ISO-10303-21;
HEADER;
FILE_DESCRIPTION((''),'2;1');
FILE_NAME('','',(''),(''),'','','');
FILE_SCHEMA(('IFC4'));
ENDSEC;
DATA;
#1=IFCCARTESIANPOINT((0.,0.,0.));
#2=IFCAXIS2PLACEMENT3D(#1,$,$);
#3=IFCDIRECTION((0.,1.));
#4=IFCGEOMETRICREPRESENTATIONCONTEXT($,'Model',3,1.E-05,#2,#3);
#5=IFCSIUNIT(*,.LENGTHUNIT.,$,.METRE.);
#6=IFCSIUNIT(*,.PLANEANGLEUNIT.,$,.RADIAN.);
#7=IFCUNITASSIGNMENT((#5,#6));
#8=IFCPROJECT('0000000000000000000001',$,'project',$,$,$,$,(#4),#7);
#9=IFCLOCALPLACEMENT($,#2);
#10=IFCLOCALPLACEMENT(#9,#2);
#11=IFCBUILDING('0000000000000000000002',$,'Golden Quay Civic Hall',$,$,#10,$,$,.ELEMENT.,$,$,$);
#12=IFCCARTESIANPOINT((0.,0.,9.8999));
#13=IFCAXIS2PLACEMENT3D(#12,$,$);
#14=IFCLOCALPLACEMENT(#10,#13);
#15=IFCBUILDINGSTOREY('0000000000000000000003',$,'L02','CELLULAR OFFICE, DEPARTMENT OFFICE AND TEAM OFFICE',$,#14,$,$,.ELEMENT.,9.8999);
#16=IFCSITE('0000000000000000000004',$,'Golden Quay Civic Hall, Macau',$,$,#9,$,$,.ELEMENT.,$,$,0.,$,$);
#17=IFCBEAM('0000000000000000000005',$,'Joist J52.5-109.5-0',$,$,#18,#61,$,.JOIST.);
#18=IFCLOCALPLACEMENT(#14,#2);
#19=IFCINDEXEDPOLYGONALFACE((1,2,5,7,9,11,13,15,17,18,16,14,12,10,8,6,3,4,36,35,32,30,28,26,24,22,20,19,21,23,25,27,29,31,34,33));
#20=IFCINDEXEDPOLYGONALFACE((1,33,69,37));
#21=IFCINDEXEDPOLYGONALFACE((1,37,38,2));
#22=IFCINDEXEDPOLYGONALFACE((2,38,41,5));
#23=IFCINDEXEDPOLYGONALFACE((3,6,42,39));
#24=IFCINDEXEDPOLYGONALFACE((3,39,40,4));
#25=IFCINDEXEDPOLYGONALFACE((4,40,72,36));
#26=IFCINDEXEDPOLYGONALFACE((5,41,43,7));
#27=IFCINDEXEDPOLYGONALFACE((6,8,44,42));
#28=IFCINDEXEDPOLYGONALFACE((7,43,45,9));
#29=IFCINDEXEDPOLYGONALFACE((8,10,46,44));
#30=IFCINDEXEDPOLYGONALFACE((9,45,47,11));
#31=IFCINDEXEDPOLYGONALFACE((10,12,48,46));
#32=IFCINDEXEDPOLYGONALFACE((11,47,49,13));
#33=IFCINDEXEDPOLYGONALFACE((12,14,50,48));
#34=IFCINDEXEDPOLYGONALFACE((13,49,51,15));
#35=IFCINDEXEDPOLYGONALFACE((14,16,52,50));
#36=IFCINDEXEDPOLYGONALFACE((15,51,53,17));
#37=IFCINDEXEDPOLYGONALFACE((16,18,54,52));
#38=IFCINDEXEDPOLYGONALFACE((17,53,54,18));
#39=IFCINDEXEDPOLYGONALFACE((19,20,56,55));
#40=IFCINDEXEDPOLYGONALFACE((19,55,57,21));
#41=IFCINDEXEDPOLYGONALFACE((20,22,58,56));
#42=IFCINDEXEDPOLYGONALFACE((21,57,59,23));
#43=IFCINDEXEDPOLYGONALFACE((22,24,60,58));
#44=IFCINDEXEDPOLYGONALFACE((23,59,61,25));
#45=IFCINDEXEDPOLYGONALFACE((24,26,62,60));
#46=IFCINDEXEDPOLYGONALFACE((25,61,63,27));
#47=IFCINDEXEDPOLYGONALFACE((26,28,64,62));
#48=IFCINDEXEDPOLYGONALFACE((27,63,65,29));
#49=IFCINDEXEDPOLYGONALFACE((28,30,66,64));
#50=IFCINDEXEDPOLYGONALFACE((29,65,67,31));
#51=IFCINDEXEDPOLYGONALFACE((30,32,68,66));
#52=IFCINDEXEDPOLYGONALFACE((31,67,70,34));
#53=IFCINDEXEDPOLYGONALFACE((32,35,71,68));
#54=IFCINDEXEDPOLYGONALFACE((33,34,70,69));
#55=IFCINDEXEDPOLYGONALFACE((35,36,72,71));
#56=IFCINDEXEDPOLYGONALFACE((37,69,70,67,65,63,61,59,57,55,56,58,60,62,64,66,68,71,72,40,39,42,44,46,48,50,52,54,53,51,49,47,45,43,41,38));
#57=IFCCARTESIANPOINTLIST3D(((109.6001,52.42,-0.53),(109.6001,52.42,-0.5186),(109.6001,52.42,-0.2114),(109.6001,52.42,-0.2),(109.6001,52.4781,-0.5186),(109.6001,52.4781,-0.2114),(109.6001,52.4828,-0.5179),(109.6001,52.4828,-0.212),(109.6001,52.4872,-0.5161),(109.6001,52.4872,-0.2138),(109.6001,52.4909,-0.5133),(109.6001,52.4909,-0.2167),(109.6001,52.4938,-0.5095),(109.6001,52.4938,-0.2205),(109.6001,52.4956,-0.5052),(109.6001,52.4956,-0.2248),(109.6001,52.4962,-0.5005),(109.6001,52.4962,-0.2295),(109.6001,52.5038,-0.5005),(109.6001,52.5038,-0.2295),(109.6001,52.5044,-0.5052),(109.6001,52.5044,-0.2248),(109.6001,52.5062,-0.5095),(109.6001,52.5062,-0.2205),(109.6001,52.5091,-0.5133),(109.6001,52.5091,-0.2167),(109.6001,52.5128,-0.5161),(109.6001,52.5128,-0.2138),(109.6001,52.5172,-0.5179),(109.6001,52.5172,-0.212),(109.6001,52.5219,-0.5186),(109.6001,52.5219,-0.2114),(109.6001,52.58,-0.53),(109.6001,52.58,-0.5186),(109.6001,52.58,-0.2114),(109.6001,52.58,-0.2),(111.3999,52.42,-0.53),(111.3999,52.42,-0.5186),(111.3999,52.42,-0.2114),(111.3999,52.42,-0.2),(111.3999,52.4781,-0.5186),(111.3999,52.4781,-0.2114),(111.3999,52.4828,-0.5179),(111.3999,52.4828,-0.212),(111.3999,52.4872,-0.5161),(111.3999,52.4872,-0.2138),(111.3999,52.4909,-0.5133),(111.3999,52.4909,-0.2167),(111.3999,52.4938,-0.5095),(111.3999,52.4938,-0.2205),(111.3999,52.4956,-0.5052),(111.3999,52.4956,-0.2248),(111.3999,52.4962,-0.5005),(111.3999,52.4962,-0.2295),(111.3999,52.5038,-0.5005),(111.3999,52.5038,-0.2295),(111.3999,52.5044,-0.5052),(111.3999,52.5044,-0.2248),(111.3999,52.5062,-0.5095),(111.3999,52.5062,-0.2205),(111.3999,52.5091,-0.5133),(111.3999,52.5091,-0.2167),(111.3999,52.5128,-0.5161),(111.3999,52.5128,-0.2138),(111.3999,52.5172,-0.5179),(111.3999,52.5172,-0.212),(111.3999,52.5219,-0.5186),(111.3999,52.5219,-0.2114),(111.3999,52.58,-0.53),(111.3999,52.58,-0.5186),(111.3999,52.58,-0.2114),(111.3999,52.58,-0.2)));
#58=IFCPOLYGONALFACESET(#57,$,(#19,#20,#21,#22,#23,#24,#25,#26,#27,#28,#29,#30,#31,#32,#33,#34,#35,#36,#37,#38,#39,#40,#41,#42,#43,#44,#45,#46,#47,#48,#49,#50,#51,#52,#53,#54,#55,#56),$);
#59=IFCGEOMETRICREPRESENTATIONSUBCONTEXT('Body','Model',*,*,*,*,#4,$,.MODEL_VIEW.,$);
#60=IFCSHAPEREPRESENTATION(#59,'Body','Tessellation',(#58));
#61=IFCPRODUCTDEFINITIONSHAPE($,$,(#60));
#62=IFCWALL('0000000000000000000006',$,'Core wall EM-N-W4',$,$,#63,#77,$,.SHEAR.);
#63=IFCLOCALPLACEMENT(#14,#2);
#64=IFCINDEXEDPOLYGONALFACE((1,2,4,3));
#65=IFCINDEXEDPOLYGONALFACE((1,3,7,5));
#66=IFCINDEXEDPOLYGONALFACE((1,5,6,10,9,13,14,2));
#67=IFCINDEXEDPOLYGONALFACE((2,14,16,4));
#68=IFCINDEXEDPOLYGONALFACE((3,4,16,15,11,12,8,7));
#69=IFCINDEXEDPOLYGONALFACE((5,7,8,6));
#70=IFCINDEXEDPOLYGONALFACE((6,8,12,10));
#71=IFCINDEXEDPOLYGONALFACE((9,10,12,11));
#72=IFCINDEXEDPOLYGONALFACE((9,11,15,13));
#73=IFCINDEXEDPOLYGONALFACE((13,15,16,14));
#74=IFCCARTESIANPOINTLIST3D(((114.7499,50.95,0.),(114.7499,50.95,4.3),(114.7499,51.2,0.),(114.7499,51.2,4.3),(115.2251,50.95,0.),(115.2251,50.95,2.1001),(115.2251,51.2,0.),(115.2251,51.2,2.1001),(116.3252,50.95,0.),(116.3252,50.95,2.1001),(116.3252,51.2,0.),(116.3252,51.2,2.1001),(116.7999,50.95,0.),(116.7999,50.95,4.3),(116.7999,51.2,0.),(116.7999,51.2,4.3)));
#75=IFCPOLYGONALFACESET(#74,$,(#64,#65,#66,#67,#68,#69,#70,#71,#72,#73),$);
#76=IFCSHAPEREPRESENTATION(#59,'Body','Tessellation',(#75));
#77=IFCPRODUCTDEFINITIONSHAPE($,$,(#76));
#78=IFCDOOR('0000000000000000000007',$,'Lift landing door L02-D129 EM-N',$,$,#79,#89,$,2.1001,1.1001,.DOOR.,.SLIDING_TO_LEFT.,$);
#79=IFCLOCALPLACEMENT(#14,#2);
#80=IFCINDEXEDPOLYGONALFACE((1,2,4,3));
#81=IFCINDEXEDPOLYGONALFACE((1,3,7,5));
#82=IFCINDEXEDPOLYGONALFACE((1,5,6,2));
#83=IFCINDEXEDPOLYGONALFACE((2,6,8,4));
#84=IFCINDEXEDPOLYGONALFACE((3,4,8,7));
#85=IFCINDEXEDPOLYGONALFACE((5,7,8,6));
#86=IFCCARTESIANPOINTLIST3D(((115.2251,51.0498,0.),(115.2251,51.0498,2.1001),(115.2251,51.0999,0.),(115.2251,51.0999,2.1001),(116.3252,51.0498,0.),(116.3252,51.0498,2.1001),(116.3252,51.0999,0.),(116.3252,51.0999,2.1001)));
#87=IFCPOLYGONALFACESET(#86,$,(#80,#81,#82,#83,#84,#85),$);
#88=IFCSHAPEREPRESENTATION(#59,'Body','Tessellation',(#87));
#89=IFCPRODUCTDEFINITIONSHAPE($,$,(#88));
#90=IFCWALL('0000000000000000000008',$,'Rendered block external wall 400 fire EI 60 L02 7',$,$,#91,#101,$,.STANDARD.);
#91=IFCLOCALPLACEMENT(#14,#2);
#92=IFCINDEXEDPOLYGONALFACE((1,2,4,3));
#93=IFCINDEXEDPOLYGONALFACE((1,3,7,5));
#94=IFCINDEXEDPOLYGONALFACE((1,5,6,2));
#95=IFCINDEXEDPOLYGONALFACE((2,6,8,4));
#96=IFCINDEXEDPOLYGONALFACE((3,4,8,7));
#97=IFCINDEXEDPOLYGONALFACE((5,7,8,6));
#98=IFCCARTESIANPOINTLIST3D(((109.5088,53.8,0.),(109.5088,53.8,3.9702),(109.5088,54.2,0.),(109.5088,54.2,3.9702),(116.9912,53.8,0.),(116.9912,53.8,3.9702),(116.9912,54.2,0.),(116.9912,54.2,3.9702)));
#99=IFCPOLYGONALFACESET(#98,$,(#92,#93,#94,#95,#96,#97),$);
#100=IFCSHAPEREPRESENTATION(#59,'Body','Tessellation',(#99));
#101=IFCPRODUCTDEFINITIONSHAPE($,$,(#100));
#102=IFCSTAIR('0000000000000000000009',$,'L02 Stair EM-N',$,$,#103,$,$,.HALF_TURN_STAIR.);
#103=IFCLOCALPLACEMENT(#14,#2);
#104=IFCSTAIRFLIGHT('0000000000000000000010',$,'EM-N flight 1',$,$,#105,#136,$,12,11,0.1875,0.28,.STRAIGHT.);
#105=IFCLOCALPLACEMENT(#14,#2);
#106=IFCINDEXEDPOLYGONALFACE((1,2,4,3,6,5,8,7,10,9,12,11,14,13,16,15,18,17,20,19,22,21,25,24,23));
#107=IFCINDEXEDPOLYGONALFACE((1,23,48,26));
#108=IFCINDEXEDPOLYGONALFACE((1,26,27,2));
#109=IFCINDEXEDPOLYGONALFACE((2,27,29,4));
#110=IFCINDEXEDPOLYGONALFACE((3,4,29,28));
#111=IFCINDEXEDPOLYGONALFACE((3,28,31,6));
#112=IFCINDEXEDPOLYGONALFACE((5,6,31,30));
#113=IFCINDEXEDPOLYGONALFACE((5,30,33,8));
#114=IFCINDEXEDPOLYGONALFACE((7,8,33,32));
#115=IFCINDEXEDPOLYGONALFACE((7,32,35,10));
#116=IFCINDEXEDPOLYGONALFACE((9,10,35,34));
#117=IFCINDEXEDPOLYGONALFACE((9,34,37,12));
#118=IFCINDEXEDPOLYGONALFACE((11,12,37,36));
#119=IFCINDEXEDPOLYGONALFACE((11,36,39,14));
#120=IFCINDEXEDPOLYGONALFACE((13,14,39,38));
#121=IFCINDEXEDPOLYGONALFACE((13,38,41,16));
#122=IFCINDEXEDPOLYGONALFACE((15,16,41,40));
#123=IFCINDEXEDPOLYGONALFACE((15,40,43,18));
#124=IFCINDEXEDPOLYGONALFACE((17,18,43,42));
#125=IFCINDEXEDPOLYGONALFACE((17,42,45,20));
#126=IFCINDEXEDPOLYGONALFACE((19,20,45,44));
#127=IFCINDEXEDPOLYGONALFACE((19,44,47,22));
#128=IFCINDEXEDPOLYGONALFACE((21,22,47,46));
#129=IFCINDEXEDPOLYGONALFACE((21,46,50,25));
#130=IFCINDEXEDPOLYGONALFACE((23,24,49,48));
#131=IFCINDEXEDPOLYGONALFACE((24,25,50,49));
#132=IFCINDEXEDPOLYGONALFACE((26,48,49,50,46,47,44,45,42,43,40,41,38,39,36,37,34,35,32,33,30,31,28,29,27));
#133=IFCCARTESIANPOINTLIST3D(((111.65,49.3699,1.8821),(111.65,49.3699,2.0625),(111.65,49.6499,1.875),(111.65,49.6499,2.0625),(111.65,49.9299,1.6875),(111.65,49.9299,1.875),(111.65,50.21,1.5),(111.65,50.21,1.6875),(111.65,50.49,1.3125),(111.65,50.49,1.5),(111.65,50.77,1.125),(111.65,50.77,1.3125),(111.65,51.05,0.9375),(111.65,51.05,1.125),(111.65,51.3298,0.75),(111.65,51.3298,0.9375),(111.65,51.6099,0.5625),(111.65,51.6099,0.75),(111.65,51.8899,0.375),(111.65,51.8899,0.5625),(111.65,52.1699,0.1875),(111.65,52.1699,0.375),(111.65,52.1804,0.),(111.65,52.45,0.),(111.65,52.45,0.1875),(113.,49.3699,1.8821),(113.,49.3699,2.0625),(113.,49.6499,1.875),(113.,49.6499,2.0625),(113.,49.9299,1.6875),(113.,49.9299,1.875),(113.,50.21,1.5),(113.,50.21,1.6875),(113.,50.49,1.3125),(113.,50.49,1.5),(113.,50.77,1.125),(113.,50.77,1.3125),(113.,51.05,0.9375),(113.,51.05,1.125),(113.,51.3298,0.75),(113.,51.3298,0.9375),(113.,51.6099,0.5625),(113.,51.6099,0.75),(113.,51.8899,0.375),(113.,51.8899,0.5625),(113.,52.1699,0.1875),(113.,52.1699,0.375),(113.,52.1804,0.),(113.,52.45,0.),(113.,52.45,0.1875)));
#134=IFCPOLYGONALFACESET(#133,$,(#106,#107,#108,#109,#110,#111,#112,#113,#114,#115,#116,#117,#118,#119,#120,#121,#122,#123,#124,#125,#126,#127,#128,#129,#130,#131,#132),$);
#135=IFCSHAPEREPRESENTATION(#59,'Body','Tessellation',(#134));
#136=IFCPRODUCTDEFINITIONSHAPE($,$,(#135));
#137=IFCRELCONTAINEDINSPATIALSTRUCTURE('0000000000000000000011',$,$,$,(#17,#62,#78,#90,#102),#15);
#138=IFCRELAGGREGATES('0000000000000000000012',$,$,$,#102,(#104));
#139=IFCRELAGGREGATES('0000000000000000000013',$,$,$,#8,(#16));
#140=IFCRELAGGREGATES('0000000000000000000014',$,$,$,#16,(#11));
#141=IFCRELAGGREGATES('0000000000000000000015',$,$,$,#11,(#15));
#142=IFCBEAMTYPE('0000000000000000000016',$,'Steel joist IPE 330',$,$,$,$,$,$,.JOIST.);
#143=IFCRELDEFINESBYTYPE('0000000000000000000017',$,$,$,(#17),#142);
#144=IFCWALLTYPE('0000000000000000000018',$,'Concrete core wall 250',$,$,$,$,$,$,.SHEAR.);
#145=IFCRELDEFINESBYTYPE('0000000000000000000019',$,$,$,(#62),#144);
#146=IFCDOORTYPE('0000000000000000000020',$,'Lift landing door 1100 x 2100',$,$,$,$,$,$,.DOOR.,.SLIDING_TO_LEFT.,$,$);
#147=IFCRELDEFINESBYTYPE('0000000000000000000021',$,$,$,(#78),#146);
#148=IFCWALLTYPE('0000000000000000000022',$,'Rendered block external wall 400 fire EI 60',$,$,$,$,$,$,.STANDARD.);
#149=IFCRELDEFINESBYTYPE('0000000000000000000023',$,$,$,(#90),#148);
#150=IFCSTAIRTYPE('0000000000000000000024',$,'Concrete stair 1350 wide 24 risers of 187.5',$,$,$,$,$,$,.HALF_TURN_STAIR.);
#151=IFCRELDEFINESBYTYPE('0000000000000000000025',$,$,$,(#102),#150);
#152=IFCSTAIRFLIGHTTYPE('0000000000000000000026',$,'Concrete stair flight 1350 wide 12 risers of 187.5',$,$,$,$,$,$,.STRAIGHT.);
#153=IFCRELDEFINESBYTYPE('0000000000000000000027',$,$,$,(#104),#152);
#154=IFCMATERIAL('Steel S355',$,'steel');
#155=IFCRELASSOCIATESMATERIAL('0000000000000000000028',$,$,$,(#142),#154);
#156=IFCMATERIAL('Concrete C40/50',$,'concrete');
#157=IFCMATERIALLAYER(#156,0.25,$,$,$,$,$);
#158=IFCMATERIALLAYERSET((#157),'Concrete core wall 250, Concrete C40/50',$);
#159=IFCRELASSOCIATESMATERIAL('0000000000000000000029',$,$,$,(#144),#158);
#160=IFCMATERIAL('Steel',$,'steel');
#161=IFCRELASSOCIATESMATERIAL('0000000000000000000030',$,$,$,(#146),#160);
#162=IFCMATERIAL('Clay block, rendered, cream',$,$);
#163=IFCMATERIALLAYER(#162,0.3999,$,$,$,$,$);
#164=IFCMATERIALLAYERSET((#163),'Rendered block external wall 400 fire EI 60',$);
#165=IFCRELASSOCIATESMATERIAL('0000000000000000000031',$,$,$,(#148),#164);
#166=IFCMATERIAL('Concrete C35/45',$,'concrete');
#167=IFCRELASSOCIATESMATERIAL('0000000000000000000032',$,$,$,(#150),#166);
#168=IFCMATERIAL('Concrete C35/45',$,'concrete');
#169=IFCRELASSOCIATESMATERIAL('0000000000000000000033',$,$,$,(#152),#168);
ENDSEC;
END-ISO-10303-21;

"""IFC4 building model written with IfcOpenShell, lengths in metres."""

from ifc_helpers import new_model, si_unit, direction, frame, frame_2d, origin, origin_2d, place, context, subcontext, project, spatial, polyline, rectangle, i_section, outline, extrude, material, layer, layer_set, material_profile, profile_set, type_object, element, fill, aggregate, save


model = new_model("IFC4")

# Units and contexts
model_context = context("Model", 3, precision=1e-05, world=origin(), true_north=direction((0.0, 1.0)))
body_context = subcontext(model_context, "Body", "Model", "MODEL_VIEW")
ifc_project = project(units=[si_unit("LENGTHUNIT", "METRE"), si_unit("PLANEANGLEUNIT", "RADIAN")], contexts=[model_context])

# Site, building, storey
site_placement = place(None, origin())
site = spatial("IfcSite", under=ifc_project, at=site_placement, Name="Golden Quay Civic Hall, Macau", CompositionType="ELEMENT", RefElevation=0.0)
building_placement = place(site_placement, origin())
building = spatial("IfcBuilding", under=site, at=building_placement, Name="Golden Quay Civic Hall", CompositionType="ELEMENT")
storey_placement = place(building_placement, frame((0.0, 0.0, 9.8999)))
storey = spatial("IfcBuildingStorey", under=building, at=storey_placement, Name="L02", Description="CELLULAR OFFICE, DEPARTMENT OFFICE AND TEAM OFFICE", CompositionType="ELEMENT", Elevation=9.8999)

# Beam
ifc_material_1 = material(Name="Steel S355", Category="steel")
ifc_material_profile_1 = material_profile(ifc_material_1, i_section(OverallWidth=0.1599, OverallDepth=0.3301, WebThickness=0.0076, FlangeThickness=0.0115, FilletRadius=0.0181, at=origin_2d()), Name="IPE 330")
ifc_profile_set_1 = profile_set([ifc_material_profile_1], Name="Steel S355")
beam_type_1 = type_object("IfcBeamType", Name="Steel joist IPE 330", PredefinedType="JOIST", material=ifc_profile_set_1)
beam_1_placement = place(storey_placement, frame((109.6001, 52.5, -0.365), z_axis=(1.0, 0.0, 0.0), x_axis=(0.0, 1.0, 0.0)))
element("IfcBeam", 1, at=beam_1_placement, inside=storey, type_object=beam_type_1, Name="Joist J52.5-109.5-0", PredefinedType="JOIST", context=body_context, shape_type="SweptSolid", body=[
    extrude(i_section(OverallWidth=0.1599, OverallDepth=0.3301, WebThickness=0.0076, FlangeThickness=0.0115, FilletRadius=0.0181, at=origin_2d()), origin(), (0.0, 0.0, 1.0), 1.7998),
])

# Wall, opening, door
ifc_material_2 = material(Name="Concrete C40/50", Category="concrete")
ifc_layer_1 = layer(ifc_material_2, 0.25)
ifc_layer_set_1 = layer_set([ifc_layer_1], Name="Concrete core wall 250, Concrete C40/50")
wall_type_1 = type_object("IfcWallType", Name="Concrete core wall 250", PredefinedType="SHEAR", material=ifc_layer_set_1)
wall_1_placement = place(storey_placement, frame((114.75, 51.075, 0.0), z_axis=(0.0, 0.0, 1.0), x_axis=(1.0, 0.0, 0.0)))
wall_1 = element("IfcWall", 2, at=wall_1_placement, inside=storey, type_object=wall_type_1, Name="Core wall EM-N-W4", PredefinedType="SHEAR", context=body_context, shape_type="SweptSolid", body=[
    extrude(rectangle(XDim=2.05, YDim=0.25, at=frame_2d((1.0249, 0.0))), origin(), (0.0, 0.0, 1.0), 4.3),
])
opening_placement = place(wall_1_placement, frame((0.4751, 0.0, 0.0)))
opening = element("IfcOpeningElement", 3, at=opening_placement, cuts=wall_1, PredefinedType="OPENING", context=body_context, shape_type="SweptSolid", body=[
    extrude(rectangle(XDim=1.1001, YDim=2.1001, at=frame_2d((0.55, 1.05))), frame((0.0, 0.135, 0.0), z_axis=(0.0, -1.0, 0.0), x_axis=(1.0, 0.0, 0.0)), (0.0, 0.0, 1.0), 0.27),
])
ifc_material_3 = material(Name="Steel", Category="steel")
door_type = type_object("IfcDoorType", Name="Lift landing door 1100 x 2100", OperationType="SLIDING_TO_LEFT", PredefinedType="DOOR", material=ifc_material_3)
door_placement = place(opening_placement, origin())
door = element("IfcDoor", 4, at=door_placement, inside=storey, type_object=door_type, Name="Lift landing door L02-D129 EM-N", OperationType="SLIDING_TO_LEFT", OverallHeight=2.1001, OverallWidth=1.1001, PredefinedType="DOOR", context=body_context, shape_type="SweptSolid", body=[
    extrude(rectangle(XDim=1.1001, YDim=2.1001, at=frame_2d((0.55, 1.05))), frame((0.0, 0.0249, 0.0), z_axis=(0.0, -1.0, 0.0), x_axis=(1.0, 0.0, 0.0)), (0.0, 0.0, 1.0), 0.05),
])
fill(opening, door)

# Wall
ifc_material_4 = material(Name="Clay block, rendered, cream")
ifc_layer_2 = layer(ifc_material_4, 0.3999)
ifc_layer_set_2 = layer_set([ifc_layer_2], Name="Rendered block external wall 400 fire EI 60")
wall_type_2 = type_object("IfcWallType", Name="Rendered block external wall 400 fire EI 60", PredefinedType="STANDARD", material=ifc_layer_set_2)
wall_2_placement = place(storey_placement, frame((109.5088, 54.0, 0.0), z_axis=(0.0, 0.0, 1.0), x_axis=(1.0, 0.0, 0.0)))
element("IfcWall", 5, at=wall_2_placement, inside=storey, type_object=wall_type_2, Name="Rendered block external wall 400 fire EI 60 L02 7", PredefinedType="STANDARD", context=body_context, shape_type="SweptSolid", body=[
    extrude(rectangle(XDim=7.4824, YDim=0.3999, at=frame_2d((3.7412, 0.0))), origin(), (0.0, 0.0, 1.0), 3.9702),
])

# Stair, stair flight
ifc_material_5 = material(Name="Concrete C35/45", Category="concrete")
stair_type = type_object("IfcStairType", Name="Concrete stair 1350 wide 24 risers of 187.5", PredefinedType="HALF_TURN_STAIR", material=ifc_material_5)
stair_placement = place(storey_placement, origin())
stair = element("IfcStair", 6, at=stair_placement, inside=storey, type_object=stair_type, Name="L02 Stair EM-N", PredefinedType="HALF_TURN_STAIR")
ifc_material_6 = material(Name="Concrete C35/45", Category="concrete")
stair_flight_type = type_object("IfcStairFlightType", Name="Concrete stair flight 1350 wide 12 risers of 187.5", PredefinedType="STRAIGHT", material=ifc_material_6)
stair_flight_placement = place(storey_placement, frame((112.325, 52.45, 0.0), z_axis=(0.0, 0.0, 1.0), x_axis=(0.0, -1.0, 0.0)))
stair_flight = element("IfcStairFlight", 7, at=stair_flight_placement, type_object=stair_flight_type, Name="EM-N flight 1", NumberOfRisers=12, NumberOfTreads=11, PredefinedType="STRAIGHT", RiserHeight=0.1875, TreadLength=0.28, context=body_context, shape_type="SweptSolid", body=[
    extrude(outline(polyline([(0.0, 0.0), (0.0, 0.1875), (0.28, 0.1875), (0.28, 0.375), (0.5601, 0.375), (0.5601, 0.5625), (0.8401, 0.5625), (0.8401, 0.75), (1.1201, 0.75), (1.1201, 0.9375), (1.3999, 0.9375), (1.3999, 1.125), (1.6799, 1.125), (1.6799, 1.3125), (1.96, 1.3125), (1.96, 1.5), (2.24, 1.5), (2.24, 1.6875), (2.52, 1.6875), (2.52, 1.875), (2.8, 1.875), (2.8, 2.0625), (3.0801, 2.0625), (3.0801, 2.25), (3.0801, 1.8821), (0.2695, 0.0), (0.0, 0.0)])), frame((0.0, 0.675, 0.0), z_axis=(0.0, -1.0, 0.0), x_axis=(1.0, 0.0, 0.0)), (0.0, 0.0, 1.0), 1.35),
])
aggregate(stair, [stair_flight])

save(model, "model.ifc")
